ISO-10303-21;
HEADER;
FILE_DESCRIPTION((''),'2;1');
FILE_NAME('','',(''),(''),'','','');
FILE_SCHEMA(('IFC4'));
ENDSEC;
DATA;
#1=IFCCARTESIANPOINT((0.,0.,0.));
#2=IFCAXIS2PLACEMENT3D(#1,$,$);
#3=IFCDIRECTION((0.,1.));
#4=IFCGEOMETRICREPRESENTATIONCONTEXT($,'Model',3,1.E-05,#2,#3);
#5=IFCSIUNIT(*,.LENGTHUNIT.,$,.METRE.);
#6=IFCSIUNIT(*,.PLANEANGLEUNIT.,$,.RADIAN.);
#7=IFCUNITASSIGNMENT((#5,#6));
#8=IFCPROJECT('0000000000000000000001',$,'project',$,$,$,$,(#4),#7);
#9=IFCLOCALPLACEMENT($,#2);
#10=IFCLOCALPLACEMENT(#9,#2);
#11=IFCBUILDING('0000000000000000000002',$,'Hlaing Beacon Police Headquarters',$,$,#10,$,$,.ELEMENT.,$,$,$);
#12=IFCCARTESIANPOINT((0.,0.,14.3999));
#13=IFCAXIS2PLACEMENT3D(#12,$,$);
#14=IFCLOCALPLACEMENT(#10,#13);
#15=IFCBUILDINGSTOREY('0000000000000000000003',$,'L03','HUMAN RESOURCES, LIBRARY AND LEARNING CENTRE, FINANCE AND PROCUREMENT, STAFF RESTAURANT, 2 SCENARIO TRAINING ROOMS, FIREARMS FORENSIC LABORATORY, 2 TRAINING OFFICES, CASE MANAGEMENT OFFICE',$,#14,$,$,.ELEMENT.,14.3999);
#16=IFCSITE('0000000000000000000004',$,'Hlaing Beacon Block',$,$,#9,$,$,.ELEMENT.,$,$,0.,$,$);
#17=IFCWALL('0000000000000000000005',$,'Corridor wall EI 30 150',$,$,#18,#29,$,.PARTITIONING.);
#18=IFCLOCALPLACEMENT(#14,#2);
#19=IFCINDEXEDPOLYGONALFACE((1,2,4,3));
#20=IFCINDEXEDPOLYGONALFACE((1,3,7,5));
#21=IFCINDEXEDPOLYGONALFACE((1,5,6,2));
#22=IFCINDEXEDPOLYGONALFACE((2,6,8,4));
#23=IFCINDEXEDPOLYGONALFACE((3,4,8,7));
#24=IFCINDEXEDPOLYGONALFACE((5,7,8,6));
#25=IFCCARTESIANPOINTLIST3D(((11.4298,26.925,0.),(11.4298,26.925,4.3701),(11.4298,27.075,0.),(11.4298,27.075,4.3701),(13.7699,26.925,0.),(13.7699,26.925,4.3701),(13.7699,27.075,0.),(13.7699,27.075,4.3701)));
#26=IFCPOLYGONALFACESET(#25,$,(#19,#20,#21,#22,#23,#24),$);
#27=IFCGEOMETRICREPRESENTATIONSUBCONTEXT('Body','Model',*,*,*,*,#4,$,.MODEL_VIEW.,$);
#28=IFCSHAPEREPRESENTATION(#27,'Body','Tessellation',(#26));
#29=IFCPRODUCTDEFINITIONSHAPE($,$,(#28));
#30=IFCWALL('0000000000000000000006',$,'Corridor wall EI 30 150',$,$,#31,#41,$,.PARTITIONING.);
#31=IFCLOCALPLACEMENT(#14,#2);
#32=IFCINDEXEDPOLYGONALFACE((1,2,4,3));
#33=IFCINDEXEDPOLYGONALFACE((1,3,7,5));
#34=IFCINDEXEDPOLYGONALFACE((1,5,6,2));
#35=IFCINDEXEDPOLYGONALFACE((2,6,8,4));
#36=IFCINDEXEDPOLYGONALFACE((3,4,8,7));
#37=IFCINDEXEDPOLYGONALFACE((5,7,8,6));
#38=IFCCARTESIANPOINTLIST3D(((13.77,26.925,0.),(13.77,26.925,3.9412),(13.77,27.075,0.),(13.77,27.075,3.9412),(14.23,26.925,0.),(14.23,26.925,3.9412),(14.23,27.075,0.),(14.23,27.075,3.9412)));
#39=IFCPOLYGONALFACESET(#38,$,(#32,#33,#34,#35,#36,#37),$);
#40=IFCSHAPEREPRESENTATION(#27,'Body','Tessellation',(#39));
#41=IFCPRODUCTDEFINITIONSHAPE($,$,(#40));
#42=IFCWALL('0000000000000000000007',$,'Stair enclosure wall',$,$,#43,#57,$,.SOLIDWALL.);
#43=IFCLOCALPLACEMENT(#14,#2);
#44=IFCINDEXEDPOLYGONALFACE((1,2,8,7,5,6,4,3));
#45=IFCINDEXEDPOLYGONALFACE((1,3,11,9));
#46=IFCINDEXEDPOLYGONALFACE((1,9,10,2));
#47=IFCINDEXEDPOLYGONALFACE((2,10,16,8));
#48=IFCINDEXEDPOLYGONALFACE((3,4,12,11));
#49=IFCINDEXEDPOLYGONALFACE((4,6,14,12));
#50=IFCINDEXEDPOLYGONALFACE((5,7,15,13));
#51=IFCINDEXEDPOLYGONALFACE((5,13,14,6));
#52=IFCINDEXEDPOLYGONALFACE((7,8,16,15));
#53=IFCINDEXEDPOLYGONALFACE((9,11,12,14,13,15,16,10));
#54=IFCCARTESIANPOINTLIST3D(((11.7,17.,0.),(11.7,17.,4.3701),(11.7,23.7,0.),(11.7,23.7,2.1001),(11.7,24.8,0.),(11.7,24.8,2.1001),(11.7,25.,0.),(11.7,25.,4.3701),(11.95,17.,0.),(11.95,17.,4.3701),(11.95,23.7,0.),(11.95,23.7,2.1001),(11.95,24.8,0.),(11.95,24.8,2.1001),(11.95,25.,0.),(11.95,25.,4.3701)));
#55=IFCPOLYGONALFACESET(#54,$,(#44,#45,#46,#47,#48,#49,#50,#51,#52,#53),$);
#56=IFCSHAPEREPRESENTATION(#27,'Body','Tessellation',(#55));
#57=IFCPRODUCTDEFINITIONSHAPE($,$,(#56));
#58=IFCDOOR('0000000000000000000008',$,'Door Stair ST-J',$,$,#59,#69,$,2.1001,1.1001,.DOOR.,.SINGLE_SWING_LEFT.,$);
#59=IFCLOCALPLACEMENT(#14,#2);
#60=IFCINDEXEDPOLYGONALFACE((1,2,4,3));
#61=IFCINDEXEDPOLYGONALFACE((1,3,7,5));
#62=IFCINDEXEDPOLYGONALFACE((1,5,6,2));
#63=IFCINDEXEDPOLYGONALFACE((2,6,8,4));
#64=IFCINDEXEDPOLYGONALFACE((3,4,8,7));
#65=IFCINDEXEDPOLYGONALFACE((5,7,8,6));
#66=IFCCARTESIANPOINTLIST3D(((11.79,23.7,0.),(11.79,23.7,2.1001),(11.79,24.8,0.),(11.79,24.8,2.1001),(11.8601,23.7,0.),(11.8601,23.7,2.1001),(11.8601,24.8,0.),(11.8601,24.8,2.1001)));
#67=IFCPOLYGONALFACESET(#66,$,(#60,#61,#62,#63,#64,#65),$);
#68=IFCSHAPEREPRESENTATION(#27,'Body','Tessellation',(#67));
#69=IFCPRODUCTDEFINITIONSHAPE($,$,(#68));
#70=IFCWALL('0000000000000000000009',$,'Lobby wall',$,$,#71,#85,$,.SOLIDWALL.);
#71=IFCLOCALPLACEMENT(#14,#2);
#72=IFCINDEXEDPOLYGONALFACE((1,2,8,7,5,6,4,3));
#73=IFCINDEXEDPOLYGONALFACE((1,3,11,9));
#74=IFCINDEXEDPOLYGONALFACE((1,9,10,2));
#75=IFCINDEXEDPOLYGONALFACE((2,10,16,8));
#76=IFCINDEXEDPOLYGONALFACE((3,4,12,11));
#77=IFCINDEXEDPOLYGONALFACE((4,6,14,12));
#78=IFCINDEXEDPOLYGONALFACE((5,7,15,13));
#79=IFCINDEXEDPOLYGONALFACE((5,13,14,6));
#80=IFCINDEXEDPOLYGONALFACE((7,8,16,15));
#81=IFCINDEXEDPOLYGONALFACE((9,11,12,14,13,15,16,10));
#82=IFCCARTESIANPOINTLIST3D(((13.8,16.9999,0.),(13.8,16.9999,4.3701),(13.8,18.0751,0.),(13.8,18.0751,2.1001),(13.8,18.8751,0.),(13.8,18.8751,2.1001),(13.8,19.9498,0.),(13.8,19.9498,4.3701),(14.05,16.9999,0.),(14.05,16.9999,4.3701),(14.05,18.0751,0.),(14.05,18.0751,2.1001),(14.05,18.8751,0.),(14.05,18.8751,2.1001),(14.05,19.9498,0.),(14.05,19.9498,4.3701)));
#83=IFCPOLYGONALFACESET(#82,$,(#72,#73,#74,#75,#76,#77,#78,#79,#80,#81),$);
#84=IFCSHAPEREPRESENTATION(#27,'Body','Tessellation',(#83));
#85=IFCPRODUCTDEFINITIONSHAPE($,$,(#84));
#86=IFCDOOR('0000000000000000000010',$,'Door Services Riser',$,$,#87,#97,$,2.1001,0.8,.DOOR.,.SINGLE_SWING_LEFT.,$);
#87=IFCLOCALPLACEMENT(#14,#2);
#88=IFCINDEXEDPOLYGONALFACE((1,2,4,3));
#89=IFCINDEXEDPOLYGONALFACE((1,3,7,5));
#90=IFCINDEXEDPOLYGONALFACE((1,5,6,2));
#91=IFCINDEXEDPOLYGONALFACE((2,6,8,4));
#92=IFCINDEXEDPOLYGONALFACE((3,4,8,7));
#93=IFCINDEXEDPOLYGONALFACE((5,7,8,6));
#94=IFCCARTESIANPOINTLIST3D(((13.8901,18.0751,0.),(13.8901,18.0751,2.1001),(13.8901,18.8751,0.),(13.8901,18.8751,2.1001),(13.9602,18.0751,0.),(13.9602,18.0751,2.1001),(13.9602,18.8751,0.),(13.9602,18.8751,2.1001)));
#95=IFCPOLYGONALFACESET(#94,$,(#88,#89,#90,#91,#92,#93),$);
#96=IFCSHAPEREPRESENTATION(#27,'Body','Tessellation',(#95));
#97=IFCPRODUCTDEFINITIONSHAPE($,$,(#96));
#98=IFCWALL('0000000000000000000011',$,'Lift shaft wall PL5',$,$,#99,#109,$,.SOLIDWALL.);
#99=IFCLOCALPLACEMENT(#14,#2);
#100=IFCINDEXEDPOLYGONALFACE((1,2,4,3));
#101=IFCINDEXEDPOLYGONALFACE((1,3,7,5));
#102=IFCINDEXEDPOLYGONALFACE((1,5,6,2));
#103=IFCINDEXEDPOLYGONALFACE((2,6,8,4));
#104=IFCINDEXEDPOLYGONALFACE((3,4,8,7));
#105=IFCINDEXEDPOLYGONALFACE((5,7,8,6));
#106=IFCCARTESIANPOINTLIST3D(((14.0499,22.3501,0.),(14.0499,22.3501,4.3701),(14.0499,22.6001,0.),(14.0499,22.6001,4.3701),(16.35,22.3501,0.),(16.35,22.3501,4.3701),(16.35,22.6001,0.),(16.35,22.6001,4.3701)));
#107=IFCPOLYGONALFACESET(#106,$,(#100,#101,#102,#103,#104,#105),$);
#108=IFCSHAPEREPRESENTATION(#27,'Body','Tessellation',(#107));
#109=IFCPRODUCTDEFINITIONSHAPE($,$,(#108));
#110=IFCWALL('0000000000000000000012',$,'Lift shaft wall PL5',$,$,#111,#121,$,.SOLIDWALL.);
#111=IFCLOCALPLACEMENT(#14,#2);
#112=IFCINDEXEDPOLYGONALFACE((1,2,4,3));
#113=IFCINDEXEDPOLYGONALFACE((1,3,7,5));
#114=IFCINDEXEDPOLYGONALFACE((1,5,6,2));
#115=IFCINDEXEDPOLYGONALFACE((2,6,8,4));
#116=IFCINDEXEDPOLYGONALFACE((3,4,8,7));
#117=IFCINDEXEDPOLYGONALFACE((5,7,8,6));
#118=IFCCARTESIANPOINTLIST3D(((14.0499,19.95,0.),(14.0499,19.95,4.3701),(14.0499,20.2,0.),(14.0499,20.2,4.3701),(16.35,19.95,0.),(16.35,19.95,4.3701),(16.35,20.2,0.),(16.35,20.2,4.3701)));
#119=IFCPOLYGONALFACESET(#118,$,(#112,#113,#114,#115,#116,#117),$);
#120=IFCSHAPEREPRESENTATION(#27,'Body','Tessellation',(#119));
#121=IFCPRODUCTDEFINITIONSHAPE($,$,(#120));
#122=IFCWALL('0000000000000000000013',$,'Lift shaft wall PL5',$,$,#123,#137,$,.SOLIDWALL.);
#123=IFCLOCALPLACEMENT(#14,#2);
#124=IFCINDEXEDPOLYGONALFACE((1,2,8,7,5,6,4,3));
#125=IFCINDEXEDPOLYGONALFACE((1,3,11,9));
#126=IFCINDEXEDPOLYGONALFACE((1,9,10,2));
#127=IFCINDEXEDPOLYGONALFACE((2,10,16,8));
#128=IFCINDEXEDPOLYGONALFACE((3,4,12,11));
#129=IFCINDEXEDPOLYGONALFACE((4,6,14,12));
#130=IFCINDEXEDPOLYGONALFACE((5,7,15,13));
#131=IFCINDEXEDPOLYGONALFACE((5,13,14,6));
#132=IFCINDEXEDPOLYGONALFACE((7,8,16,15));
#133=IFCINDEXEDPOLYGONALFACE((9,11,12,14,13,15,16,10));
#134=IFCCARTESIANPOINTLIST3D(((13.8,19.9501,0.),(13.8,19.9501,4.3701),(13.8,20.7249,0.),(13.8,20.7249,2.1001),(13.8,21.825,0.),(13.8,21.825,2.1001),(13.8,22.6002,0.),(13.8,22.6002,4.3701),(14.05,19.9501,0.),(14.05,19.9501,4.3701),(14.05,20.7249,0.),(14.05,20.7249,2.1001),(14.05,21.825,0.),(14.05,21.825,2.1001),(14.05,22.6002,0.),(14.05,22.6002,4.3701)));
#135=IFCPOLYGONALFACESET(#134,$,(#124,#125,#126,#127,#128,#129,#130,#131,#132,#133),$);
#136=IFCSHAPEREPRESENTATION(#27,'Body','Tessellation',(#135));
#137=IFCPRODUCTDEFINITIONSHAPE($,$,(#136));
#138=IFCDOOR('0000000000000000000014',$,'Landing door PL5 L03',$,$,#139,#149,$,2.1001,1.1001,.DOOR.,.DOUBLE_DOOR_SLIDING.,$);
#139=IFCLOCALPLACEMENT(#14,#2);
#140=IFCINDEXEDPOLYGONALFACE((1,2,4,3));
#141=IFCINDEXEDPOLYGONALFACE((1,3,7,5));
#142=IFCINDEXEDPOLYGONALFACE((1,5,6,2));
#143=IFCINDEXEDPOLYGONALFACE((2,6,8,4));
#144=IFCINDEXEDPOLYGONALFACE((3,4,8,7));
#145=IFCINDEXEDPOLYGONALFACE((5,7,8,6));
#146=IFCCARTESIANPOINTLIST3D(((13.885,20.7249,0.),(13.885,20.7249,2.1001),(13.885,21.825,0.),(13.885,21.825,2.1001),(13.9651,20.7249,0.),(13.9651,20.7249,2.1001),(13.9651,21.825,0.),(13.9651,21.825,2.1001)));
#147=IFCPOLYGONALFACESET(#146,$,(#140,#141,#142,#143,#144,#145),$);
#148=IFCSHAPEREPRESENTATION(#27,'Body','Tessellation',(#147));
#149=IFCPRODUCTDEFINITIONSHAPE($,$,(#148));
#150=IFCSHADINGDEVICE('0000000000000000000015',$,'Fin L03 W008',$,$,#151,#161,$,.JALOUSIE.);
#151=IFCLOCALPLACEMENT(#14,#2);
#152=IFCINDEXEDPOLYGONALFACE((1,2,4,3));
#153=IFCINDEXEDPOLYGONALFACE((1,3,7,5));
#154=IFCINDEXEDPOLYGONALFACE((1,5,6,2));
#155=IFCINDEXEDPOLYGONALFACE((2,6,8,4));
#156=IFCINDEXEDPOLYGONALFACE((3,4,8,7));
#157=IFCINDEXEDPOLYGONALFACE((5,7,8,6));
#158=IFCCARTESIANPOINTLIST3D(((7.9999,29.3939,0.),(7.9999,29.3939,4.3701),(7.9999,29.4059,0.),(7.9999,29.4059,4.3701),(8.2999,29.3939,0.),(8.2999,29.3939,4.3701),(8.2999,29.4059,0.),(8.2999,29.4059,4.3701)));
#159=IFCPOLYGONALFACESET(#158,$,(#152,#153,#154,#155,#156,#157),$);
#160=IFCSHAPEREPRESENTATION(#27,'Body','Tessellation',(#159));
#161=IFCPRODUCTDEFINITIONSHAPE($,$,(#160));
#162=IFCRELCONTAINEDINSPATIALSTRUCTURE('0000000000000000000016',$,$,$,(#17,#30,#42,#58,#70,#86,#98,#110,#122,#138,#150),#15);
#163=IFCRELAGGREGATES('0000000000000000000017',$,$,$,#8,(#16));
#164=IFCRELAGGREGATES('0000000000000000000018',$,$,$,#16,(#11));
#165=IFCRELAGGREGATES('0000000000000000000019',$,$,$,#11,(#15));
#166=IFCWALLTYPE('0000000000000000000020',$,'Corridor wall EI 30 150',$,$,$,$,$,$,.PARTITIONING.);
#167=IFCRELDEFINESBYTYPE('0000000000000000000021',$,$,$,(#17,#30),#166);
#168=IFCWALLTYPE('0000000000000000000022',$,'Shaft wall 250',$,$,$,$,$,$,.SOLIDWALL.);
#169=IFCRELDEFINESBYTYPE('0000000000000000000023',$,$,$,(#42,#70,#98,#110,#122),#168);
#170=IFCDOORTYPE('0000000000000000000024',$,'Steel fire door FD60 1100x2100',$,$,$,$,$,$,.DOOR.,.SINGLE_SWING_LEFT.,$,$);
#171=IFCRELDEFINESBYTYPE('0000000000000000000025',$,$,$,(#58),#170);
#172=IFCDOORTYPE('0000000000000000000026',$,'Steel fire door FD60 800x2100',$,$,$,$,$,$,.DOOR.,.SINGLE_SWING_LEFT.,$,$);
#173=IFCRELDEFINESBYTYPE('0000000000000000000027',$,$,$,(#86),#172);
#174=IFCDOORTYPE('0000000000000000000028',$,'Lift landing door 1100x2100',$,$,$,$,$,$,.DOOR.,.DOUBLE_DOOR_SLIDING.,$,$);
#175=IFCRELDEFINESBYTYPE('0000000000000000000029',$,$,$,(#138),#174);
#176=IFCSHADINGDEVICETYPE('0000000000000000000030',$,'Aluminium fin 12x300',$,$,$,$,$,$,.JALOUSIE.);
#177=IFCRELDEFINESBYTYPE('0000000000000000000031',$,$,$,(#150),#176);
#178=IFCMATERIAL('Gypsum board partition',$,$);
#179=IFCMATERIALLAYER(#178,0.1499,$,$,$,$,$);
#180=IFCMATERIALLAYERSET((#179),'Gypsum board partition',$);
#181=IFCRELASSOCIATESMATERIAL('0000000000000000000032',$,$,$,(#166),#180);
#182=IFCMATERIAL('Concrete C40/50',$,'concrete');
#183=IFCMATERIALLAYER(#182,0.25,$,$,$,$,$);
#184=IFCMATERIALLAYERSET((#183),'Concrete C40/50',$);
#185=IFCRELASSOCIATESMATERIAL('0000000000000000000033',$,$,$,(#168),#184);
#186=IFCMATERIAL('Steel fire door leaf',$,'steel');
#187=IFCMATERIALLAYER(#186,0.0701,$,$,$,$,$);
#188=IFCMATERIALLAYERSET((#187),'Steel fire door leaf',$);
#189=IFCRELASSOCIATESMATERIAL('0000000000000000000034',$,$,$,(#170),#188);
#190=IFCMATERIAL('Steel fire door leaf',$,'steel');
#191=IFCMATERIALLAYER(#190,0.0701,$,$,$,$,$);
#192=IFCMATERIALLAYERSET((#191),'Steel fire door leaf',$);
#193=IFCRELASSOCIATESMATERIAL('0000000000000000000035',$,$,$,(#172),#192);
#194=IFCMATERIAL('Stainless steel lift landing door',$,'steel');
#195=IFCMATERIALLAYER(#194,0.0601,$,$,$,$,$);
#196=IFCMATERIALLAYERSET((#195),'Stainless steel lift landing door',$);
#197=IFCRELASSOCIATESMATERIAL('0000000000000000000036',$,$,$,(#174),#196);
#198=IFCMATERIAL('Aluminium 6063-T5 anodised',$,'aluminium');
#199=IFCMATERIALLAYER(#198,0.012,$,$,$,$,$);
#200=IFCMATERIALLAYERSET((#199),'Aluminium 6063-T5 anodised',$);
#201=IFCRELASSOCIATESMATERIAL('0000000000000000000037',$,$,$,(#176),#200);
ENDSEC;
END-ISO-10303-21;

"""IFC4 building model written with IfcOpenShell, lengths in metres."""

from ifc_helpers import new_model, si_unit, direction, frame, frame_2d, origin, origin_2d, place, context, subcontext, project, spatial, rectangle, extrude, material, layer, layer_set, type_object, element, fill, save


model = new_model("IFC4")

# Units and contexts
model_context = context("Model", 3, precision=1e-05, world=origin(), true_north=direction((0.0, 1.0)))
body_context = subcontext(model_context, "Body", "Model", "MODEL_VIEW")
ifc_project = project(units=[si_unit("LENGTHUNIT", "METRE"), si_unit("PLANEANGLEUNIT", "RADIAN")], contexts=[model_context])

# Site, building, storey
site_placement = place(None, origin())
site = spatial("IfcSite", under=ifc_project, at=site_placement, Name="Hlaing Beacon Block", CompositionType="ELEMENT", RefElevation=0.0)
building_placement = place(site_placement, origin())
building = spatial("IfcBuilding", under=site, at=building_placement, Name="Hlaing Beacon Police Headquarters", CompositionType="ELEMENT")
storey_placement = place(building_placement, frame((0.0, 0.0, 14.3999)))
storey = spatial("IfcBuildingStorey", under=building, at=storey_placement, Name="L03", Description="HUMAN RESOURCES, LIBRARY AND LEARNING CENTRE, FINANCE AND PROCUREMENT, STAFF RESTAURANT, 2 SCENARIO TRAINING ROOMS, FIREARMS FORENSIC LABORATORY, 2 TRAINING OFFICES, CASE MANAGEMENT OFFICE", CompositionType="ELEMENT", Elevation=14.3999)

# Walls
ifc_material_1 = material(Name="Gypsum board partition")
ifc_layer_1 = layer(ifc_material_1, 0.1499)
ifc_layer_set_1 = layer_set([ifc_layer_1], Name="Gypsum board partition")
wall_type_1 = type_object("IfcWallType", Name="Corridor wall EI 30 150", PredefinedType="PARTITIONING", material=ifc_layer_set_1)
wall_1_placement = place(storey_placement, frame((11.4299, 27.0, 0.0), z_axis=(0.0, 0.0, 1.0), x_axis=(1.0, 0.0, 0.0)))
element("IfcWall", 1, at=wall_1_placement, inside=storey, type_object=wall_type_1, Name="Corridor wall EI 30 150", PredefinedType="PARTITIONING", context=body_context, shape_type="SweptSolid", body=[
    extrude(rectangle(XDim=2.3401, YDim=0.1499, at=frame_2d((1.1699, 0.0))), origin(), (0.0, 0.0, 1.0), 4.3701),
])
wall_2_placement = place(storey_placement, frame((13.77, 27.0, 0.0), z_axis=(0.0, 0.0, 1.0), x_axis=(1.0, 0.0, 0.0)))
element("IfcWall", 2, at=wall_2_placement, inside=storey, type_object=wall_type_1, Name="Corridor wall EI 30 150", PredefinedType="PARTITIONING", context=body_context, shape_type="SweptSolid", body=[
    extrude(rectangle(XDim=0.46, YDim=0.1499, at=frame_2d((0.23, 0.0))), origin(), (0.0, 0.0, 1.0), 3.9412),
])

# Walls, openings, doors
ifc_material_2 = material(Name="Concrete C40/50", Category="concrete")
ifc_layer_2 = layer(ifc_material_2, 0.25)
ifc_layer_set_2 = layer_set([ifc_layer_2], Name="Concrete C40/50")
wall_type_2 = type_object("IfcWallType", Name="Shaft wall 250", PredefinedType="SOLIDWALL", material=ifc_layer_set_2)
wall_3_placement = place(storey_placement, frame((11.825, 25.0, 0.0), z_axis=(0.0, 0.0, 1.0), x_axis=(0.0, -1.0, 0.0)))
wall_3 = element("IfcWall", 3, at=wall_3_placement, inside=storey, type_object=wall_type_2, Name="Stair enclosure wall", PredefinedType="SOLIDWALL", context=body_context, shape_type="SweptSolid", body=[
    extrude(rectangle(XDim=8.0, YDim=0.25, at=frame_2d((4.0, 0.0))), origin(), (0.0, 0.0, 1.0), 4.3701),
])
opening_1_placement = place(wall_3_placement, frame((0.2, 0.0, 0.0)))
opening_1 = element("IfcOpeningElement", 4, at=opening_1_placement, cuts=wall_3, PredefinedType="OPENING", context=body_context, shape_type="SweptSolid", body=[
    extrude(rectangle(XDim=1.1001, YDim=2.1001, at=frame_2d((0.55, 1.05))), frame((0.0, 0.135, 0.0), z_axis=(0.0, -1.0, 0.0), x_axis=(1.0, 0.0, 0.0)), (0.0, 0.0, 1.0), 0.27),
])
ifc_material_3 = material(Name="Steel fire door leaf", Category="steel")
ifc_layer_3 = layer(ifc_material_3, 0.0701)
ifc_layer_set_3 = layer_set([ifc_layer_3], Name="Steel fire door leaf")
door_type_1 = type_object("IfcDoorType", Name="Steel fire door FD60 1100x2100", OperationType="SINGLE_SWING_LEFT", PredefinedType="DOOR", material=ifc_layer_set_3)
door_1_placement = place(opening_1_placement, frame((1.1001, 0.0, 0.0), z_axis=(0.0, 0.0, 1.0), x_axis=(-1.0, 0.0, 0.0)))
door_1 = element("IfcDoor", 5, at=door_1_placement, inside=storey, type_object=door_type_1, Name="Door Stair ST-J", OperationType="SINGLE_SWING_LEFT", OverallHeight=2.1001, OverallWidth=1.1001, PredefinedType="DOOR", context=body_context, shape_type="SweptSolid", body=[
    extrude(rectangle(XDim=1.1001, YDim=2.1001, at=frame_2d((0.55, 1.05))), frame((0.0, 0.0349, 0.0), z_axis=(0.0, -1.0, 0.0), x_axis=(1.0, 0.0, 0.0)), (0.0, 0.0, 1.0), 0.0701),
])
fill(opening_1, door_1)
wall_4_placement = place(storey_placement, frame((13.925, 19.95, 0.0), z_axis=(0.0, 0.0, 1.0), x_axis=(0.0, -1.0, 0.0)))
wall_4 = element("IfcWall", 6, at=wall_4_placement, inside=storey, type_object=wall_type_2, Name="Lobby wall", PredefinedType="SOLIDWALL", context=body_context, shape_type="SweptSolid", body=[
    extrude(rectangle(XDim=2.95, YDim=0.25, at=frame_2d((1.4751, 0.0))), origin(), (0.0, 0.0, 1.0), 4.3701),
])
opening_2_placement = place(wall_4_placement, frame((1.075, 0.0, 0.0)))
opening_2 = element("IfcOpeningElement", 7, at=opening_2_placement, cuts=wall_4, PredefinedType="OPENING", context=body_context, shape_type="SweptSolid", body=[
    extrude(rectangle(XDim=0.8, YDim=2.1001, at=frame_2d((0.3999, 1.05))), frame((0.0, 0.135, 0.0), z_axis=(0.0, -1.0, 0.0), x_axis=(1.0, 0.0, 0.0)), (0.0, 0.0, 1.0), 0.27),
])
ifc_material_4 = material(Name="Steel fire door leaf", Category="steel")
ifc_layer_4 = layer(ifc_material_4, 0.0701)
ifc_layer_set_4 = layer_set([ifc_layer_4], Name="Steel fire door leaf")
door_type_2 = type_object("IfcDoorType", Name="Steel fire door FD60 800x2100", OperationType="SINGLE_SWING_LEFT", PredefinedType="DOOR", material=ifc_layer_set_4)
door_2_placement = place(opening_2_placement, origin())
door_2 = element("IfcDoor", 8, at=door_2_placement, inside=storey, type_object=door_type_2, Name="Door Services Riser", OperationType="SINGLE_SWING_LEFT", OverallHeight=2.1001, OverallWidth=0.8, PredefinedType="DOOR", context=body_context, shape_type="SweptSolid", body=[
    extrude(rectangle(XDim=0.8, YDim=2.1001, at=frame_2d((0.3999, 1.05))), frame((0.0, 0.0352, 0.0), z_axis=(0.0, -1.0, 0.0), x_axis=(1.0, 0.0, 0.0)), (0.0, 0.0, 1.0), 0.0701),
])
fill(opening_2, door_2)

# Walls
for number, where, z_axis, x_axis, name in (
    (9, (14.05, 22.4751, 0.0), (0.0, 0.0, 1.0), (1.0, 0.0, 0.0), "Lift shaft wall PL5"),
    (10, (14.05, 20.075, 0.0), (0.0, 0.0, 1.0), (1.0, 0.0, 0.0), "Lift shaft wall PL5"),
):
    element("IfcWall", number, at=place(storey_placement, frame(where, z_axis=z_axis, x_axis=x_axis)), inside=storey, type_object=wall_type_2, Name=name, PredefinedType="SOLIDWALL", context=body_context, shape_type="SweptSolid", body=[
        extrude(rectangle(XDim=2.3, YDim=0.25, at=frame_2d((1.1499, 0.0))), origin(), (0.0, 0.0, 1.0), 4.3701),
    ])

# Wall, opening, door
wall_5_placement = place(storey_placement, frame((13.925, 19.95, 0.0), z_axis=(0.0, 0.0, 1.0), x_axis=(0.0, 1.0, 0.0)))
wall_5 = element("IfcWall", 11, at=wall_5_placement, inside=storey, type_object=wall_type_2, Name="Lift shaft wall PL5", PredefinedType="SOLIDWALL", context=body_context, shape_type="SweptSolid", body=[
    extrude(rectangle(XDim=2.6501, YDim=0.25, at=frame_2d((1.3252, 0.0))), origin(), (0.0, 0.0, 1.0), 4.3701),
])
opening_3_placement = place(wall_5_placement, frame((0.7749, 0.0, 0.0)))
opening_3 = element("IfcOpeningElement", 12, at=opening_3_placement, cuts=wall_5, PredefinedType="OPENING", context=body_context, shape_type="SweptSolid", body=[
    extrude(rectangle(XDim=1.1001, YDim=2.1001, at=frame_2d((0.55, 1.05))), frame((0.0, 0.135, 0.0), z_axis=(0.0, -1.0, 0.0), x_axis=(1.0, 0.0, 0.0)), (0.0, 0.0, 1.0), 0.27),
])
ifc_material_5 = material(Name="Stainless steel lift landing door", Category="steel")
ifc_layer_5 = layer(ifc_material_5, 0.0601)
ifc_layer_set_5 = layer_set([ifc_layer_5], Name="Stainless steel lift landing door")
door_type_3 = type_object("IfcDoorType", Name="Lift landing door 1100x2100", OperationType="DOUBLE_DOOR_SLIDING", PredefinedType="DOOR", material=ifc_layer_set_5)
door_3_placement = place(opening_3_placement, origin())
door_3 = element("IfcDoor", 13, at=door_3_placement, inside=storey, type_object=door_type_3, Name="Landing door PL5 L03", OperationType="DOUBLE_DOOR_SLIDING", OverallHeight=2.1001, OverallWidth=1.1001, PredefinedType="DOOR", context=body_context, shape_type="SweptSolid", body=[
    extrude(rectangle(XDim=1.1001, YDim=2.1001, at=frame_2d((0.55, 1.05))), frame((0.0, 0.04, 0.0), z_axis=(0.0, -1.0, 0.0), x_axis=(1.0, 0.0, 0.0)), (0.0, 0.0, 1.0), 0.0801),
])
fill(opening_3, door_3)

# Shading device
ifc_material_6 = material(Name="Aluminium 6063-T5 anodised", Category="aluminium")
ifc_layer_6 = layer(ifc_material_6, 0.012)
ifc_layer_set_6 = layer_set([ifc_layer_6], Name="Aluminium 6063-T5 anodised")
shading_device_type = type_object("IfcShadingDeviceType", Name="Aluminium fin 12x300", PredefinedType="JALOUSIE", material=ifc_layer_set_6)
shading_device_placement = place(storey_placement, frame((8.1499, 29.3999, 0.0), z_axis=(0.0, 0.0, 1.0), x_axis=(0.0, -1.0, 0.0)))
element("IfcShadingDevice", 14, at=shading_device_placement, inside=storey, type_object=shading_device_type, Name="Fin L03 W008", PredefinedType="JALOUSIE", context=body_context, shape_type="SweptSolid", body=[
    extrude(rectangle(XDim=0.012, YDim=0.3, at=origin_2d()), origin(), (0.0, 0.0, 1.0), 4.3701),
])

save(model, "model.ifc")
